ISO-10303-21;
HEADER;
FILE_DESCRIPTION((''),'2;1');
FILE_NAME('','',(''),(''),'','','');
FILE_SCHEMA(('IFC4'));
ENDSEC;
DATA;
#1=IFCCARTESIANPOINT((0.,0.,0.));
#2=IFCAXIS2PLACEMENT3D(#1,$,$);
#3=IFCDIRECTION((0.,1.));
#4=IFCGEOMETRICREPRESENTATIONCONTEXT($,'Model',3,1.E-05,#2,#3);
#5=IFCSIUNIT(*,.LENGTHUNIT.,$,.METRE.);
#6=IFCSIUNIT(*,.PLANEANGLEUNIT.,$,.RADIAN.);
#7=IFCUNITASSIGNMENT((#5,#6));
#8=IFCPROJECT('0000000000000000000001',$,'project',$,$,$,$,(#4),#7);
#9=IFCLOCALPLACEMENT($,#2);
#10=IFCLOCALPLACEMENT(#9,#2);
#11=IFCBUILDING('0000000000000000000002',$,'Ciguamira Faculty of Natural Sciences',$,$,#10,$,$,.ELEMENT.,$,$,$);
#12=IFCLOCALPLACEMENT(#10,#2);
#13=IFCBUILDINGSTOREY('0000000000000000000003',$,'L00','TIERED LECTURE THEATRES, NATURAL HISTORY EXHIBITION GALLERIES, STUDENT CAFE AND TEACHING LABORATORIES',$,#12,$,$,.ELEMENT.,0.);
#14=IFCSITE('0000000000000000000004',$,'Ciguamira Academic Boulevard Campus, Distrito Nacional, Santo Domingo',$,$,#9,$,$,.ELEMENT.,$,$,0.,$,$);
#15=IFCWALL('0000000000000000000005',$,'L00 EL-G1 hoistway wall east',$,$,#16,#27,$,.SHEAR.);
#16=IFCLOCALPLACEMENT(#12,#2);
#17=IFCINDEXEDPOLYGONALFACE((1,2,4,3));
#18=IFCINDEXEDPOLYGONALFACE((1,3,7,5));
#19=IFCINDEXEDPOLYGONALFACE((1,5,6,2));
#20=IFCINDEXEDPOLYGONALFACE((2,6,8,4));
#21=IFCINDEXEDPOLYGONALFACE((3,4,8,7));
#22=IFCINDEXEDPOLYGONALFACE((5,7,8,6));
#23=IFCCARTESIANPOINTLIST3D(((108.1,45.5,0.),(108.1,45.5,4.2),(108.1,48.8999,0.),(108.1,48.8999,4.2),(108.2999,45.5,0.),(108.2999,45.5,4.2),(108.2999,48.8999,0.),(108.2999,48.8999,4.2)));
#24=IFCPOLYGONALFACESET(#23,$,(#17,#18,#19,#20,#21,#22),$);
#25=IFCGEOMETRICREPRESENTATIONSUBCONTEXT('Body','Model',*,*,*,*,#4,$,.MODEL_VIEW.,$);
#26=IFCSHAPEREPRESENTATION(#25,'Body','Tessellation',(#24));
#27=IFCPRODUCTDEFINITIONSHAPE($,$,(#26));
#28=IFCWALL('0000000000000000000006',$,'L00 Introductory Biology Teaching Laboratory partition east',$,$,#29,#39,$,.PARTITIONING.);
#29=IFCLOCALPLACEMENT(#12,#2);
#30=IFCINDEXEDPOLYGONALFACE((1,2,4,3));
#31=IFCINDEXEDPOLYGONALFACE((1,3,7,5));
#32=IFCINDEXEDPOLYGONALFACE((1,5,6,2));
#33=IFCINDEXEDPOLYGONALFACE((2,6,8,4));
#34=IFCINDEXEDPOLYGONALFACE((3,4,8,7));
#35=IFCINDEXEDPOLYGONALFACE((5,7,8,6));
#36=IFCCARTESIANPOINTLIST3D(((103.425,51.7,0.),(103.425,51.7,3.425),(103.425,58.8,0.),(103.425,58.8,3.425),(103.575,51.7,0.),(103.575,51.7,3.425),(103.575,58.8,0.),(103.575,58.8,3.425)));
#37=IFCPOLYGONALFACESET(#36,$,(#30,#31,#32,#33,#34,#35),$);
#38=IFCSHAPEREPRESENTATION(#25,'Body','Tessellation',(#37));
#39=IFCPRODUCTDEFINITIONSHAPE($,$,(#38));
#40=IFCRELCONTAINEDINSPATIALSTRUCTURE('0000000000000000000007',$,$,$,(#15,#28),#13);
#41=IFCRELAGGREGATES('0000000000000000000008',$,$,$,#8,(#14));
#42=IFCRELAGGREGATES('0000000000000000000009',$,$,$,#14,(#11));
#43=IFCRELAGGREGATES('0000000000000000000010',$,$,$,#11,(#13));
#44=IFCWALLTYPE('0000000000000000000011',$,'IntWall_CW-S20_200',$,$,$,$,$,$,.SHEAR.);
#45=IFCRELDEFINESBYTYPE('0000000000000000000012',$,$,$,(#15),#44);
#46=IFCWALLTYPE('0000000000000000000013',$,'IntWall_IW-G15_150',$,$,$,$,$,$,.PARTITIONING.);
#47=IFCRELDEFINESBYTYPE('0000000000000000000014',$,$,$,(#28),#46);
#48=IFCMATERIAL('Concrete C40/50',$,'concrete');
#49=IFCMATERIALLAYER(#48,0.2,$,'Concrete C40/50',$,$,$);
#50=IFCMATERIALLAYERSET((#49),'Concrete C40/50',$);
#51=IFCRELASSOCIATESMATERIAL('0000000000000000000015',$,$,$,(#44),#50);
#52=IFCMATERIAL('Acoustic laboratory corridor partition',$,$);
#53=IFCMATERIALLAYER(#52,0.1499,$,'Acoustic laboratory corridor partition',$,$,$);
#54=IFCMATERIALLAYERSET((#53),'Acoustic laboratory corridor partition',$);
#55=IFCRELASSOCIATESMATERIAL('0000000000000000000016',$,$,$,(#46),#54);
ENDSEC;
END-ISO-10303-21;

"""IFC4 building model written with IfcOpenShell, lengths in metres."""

from ifc_helpers import new_model, si_unit, direction, frame, frame_2d, origin, place, context, subcontext, project, spatial, rectangle, extrude, material, layer, layer_set, type_object, element, save


model = new_model("IFC4")

# Units and contexts
model_context = context("Model", 3, precision=1e-05, world=origin(), true_north=direction((0.0, 1.0)))
body_context = subcontext(model_context, "Body", "Model", "MODEL_VIEW")
ifc_project = project(units=[si_unit("LENGTHUNIT", "METRE"), si_unit("PLANEANGLEUNIT", "RADIAN")], contexts=[model_context])

# Site, building, storey
site_placement = place(None, origin())
site = spatial("IfcSite", under=ifc_project, at=site_placement, Name="Ciguamira Academic Boulevard Campus, Distrito Nacional, Santo Domingo", CompositionType="ELEMENT", RefElevation=0.0)
building_placement = place(site_placement, origin())
building = spatial("IfcBuilding", under=site, at=building_placement, Name="Ciguamira Faculty of Natural Sciences", CompositionType="ELEMENT")
storey_placement = place(building_placement, origin())
storey = spatial("IfcBuildingStorey", under=building, at=storey_placement, Name="L00", Description="TIERED LECTURE THEATRES, NATURAL HISTORY EXHIBITION GALLERIES, STUDENT CAFE AND TEACHING LABORATORIES", CompositionType="ELEMENT", Elevation=0.0)

# Shared definitions
ifc_material_1 = material(Name="Concrete C40/50", Category="concrete")

# Shared definitions
ifc_layer_1 = layer(ifc_material_1, 0.2, Name="Concrete C40/50")
ifc_layer_set_1 = layer_set([ifc_layer_1], Name="Concrete C40/50")
wall_type_1 = type_object("IfcWallType", Name="IntWall_CW-S20_200", PredefinedType="SHEAR", material=ifc_layer_set_1)

# Walls
for number, where, z_axis, x_axis, name in (
    (1, (108.2, 45.5, 0.0), (0.0, 0.0, 1.0), (0.0, 1.0, 0.0), "L00 EL-G1 hoistway wall east"),
):
    element("IfcWall", number, at=place(storey_placement, frame(where, z_axis=z_axis, x_axis=x_axis)), inside=storey, type_object=wall_type_1, Name=name, PredefinedType="SHEAR", context=body_context, shape_type="SweptSolid", body=[
        extrude(rectangle(XDim=3.3999, YDim=0.2, at=frame_2d((1.7, 0.0))), origin(), (0.0, 0.0, 1.0), 4.2),
    ])
ifc_material_2 = material(Name="Acoustic laboratory corridor partition")
ifc_layer_2 = layer(ifc_material_2, 0.1499, Name="Acoustic laboratory corridor partition")
ifc_layer_set_2 = layer_set([ifc_layer_2], Name="Acoustic laboratory corridor partition")
wall_type_2 = type_object("IfcWallType", Name="IntWall_IW-G15_150", PredefinedType="PARTITIONING", material=ifc_layer_set_2)
wall_1_placement = place(storey_placement, frame((103.5, 51.7, 0.0), z_axis=(0.0, 0.0, 1.0), x_axis=(0.0, 1.0, 0.0)))
element("IfcWall", 2, at=wall_1_placement, inside=storey, type_object=wall_type_2, Name="L00 Introductory Biology Teaching Laboratory partition east", PredefinedType="PARTITIONING", context=body_context, shape_type="SweptSolid", body=[
    extrude(rectangle(XDim=7.1001, YDim=0.1499, at=frame_2d((3.55, 0.0))), origin(), (0.0, 0.0, 1.0), 3.425),
])

save(model, "model.ifc")
